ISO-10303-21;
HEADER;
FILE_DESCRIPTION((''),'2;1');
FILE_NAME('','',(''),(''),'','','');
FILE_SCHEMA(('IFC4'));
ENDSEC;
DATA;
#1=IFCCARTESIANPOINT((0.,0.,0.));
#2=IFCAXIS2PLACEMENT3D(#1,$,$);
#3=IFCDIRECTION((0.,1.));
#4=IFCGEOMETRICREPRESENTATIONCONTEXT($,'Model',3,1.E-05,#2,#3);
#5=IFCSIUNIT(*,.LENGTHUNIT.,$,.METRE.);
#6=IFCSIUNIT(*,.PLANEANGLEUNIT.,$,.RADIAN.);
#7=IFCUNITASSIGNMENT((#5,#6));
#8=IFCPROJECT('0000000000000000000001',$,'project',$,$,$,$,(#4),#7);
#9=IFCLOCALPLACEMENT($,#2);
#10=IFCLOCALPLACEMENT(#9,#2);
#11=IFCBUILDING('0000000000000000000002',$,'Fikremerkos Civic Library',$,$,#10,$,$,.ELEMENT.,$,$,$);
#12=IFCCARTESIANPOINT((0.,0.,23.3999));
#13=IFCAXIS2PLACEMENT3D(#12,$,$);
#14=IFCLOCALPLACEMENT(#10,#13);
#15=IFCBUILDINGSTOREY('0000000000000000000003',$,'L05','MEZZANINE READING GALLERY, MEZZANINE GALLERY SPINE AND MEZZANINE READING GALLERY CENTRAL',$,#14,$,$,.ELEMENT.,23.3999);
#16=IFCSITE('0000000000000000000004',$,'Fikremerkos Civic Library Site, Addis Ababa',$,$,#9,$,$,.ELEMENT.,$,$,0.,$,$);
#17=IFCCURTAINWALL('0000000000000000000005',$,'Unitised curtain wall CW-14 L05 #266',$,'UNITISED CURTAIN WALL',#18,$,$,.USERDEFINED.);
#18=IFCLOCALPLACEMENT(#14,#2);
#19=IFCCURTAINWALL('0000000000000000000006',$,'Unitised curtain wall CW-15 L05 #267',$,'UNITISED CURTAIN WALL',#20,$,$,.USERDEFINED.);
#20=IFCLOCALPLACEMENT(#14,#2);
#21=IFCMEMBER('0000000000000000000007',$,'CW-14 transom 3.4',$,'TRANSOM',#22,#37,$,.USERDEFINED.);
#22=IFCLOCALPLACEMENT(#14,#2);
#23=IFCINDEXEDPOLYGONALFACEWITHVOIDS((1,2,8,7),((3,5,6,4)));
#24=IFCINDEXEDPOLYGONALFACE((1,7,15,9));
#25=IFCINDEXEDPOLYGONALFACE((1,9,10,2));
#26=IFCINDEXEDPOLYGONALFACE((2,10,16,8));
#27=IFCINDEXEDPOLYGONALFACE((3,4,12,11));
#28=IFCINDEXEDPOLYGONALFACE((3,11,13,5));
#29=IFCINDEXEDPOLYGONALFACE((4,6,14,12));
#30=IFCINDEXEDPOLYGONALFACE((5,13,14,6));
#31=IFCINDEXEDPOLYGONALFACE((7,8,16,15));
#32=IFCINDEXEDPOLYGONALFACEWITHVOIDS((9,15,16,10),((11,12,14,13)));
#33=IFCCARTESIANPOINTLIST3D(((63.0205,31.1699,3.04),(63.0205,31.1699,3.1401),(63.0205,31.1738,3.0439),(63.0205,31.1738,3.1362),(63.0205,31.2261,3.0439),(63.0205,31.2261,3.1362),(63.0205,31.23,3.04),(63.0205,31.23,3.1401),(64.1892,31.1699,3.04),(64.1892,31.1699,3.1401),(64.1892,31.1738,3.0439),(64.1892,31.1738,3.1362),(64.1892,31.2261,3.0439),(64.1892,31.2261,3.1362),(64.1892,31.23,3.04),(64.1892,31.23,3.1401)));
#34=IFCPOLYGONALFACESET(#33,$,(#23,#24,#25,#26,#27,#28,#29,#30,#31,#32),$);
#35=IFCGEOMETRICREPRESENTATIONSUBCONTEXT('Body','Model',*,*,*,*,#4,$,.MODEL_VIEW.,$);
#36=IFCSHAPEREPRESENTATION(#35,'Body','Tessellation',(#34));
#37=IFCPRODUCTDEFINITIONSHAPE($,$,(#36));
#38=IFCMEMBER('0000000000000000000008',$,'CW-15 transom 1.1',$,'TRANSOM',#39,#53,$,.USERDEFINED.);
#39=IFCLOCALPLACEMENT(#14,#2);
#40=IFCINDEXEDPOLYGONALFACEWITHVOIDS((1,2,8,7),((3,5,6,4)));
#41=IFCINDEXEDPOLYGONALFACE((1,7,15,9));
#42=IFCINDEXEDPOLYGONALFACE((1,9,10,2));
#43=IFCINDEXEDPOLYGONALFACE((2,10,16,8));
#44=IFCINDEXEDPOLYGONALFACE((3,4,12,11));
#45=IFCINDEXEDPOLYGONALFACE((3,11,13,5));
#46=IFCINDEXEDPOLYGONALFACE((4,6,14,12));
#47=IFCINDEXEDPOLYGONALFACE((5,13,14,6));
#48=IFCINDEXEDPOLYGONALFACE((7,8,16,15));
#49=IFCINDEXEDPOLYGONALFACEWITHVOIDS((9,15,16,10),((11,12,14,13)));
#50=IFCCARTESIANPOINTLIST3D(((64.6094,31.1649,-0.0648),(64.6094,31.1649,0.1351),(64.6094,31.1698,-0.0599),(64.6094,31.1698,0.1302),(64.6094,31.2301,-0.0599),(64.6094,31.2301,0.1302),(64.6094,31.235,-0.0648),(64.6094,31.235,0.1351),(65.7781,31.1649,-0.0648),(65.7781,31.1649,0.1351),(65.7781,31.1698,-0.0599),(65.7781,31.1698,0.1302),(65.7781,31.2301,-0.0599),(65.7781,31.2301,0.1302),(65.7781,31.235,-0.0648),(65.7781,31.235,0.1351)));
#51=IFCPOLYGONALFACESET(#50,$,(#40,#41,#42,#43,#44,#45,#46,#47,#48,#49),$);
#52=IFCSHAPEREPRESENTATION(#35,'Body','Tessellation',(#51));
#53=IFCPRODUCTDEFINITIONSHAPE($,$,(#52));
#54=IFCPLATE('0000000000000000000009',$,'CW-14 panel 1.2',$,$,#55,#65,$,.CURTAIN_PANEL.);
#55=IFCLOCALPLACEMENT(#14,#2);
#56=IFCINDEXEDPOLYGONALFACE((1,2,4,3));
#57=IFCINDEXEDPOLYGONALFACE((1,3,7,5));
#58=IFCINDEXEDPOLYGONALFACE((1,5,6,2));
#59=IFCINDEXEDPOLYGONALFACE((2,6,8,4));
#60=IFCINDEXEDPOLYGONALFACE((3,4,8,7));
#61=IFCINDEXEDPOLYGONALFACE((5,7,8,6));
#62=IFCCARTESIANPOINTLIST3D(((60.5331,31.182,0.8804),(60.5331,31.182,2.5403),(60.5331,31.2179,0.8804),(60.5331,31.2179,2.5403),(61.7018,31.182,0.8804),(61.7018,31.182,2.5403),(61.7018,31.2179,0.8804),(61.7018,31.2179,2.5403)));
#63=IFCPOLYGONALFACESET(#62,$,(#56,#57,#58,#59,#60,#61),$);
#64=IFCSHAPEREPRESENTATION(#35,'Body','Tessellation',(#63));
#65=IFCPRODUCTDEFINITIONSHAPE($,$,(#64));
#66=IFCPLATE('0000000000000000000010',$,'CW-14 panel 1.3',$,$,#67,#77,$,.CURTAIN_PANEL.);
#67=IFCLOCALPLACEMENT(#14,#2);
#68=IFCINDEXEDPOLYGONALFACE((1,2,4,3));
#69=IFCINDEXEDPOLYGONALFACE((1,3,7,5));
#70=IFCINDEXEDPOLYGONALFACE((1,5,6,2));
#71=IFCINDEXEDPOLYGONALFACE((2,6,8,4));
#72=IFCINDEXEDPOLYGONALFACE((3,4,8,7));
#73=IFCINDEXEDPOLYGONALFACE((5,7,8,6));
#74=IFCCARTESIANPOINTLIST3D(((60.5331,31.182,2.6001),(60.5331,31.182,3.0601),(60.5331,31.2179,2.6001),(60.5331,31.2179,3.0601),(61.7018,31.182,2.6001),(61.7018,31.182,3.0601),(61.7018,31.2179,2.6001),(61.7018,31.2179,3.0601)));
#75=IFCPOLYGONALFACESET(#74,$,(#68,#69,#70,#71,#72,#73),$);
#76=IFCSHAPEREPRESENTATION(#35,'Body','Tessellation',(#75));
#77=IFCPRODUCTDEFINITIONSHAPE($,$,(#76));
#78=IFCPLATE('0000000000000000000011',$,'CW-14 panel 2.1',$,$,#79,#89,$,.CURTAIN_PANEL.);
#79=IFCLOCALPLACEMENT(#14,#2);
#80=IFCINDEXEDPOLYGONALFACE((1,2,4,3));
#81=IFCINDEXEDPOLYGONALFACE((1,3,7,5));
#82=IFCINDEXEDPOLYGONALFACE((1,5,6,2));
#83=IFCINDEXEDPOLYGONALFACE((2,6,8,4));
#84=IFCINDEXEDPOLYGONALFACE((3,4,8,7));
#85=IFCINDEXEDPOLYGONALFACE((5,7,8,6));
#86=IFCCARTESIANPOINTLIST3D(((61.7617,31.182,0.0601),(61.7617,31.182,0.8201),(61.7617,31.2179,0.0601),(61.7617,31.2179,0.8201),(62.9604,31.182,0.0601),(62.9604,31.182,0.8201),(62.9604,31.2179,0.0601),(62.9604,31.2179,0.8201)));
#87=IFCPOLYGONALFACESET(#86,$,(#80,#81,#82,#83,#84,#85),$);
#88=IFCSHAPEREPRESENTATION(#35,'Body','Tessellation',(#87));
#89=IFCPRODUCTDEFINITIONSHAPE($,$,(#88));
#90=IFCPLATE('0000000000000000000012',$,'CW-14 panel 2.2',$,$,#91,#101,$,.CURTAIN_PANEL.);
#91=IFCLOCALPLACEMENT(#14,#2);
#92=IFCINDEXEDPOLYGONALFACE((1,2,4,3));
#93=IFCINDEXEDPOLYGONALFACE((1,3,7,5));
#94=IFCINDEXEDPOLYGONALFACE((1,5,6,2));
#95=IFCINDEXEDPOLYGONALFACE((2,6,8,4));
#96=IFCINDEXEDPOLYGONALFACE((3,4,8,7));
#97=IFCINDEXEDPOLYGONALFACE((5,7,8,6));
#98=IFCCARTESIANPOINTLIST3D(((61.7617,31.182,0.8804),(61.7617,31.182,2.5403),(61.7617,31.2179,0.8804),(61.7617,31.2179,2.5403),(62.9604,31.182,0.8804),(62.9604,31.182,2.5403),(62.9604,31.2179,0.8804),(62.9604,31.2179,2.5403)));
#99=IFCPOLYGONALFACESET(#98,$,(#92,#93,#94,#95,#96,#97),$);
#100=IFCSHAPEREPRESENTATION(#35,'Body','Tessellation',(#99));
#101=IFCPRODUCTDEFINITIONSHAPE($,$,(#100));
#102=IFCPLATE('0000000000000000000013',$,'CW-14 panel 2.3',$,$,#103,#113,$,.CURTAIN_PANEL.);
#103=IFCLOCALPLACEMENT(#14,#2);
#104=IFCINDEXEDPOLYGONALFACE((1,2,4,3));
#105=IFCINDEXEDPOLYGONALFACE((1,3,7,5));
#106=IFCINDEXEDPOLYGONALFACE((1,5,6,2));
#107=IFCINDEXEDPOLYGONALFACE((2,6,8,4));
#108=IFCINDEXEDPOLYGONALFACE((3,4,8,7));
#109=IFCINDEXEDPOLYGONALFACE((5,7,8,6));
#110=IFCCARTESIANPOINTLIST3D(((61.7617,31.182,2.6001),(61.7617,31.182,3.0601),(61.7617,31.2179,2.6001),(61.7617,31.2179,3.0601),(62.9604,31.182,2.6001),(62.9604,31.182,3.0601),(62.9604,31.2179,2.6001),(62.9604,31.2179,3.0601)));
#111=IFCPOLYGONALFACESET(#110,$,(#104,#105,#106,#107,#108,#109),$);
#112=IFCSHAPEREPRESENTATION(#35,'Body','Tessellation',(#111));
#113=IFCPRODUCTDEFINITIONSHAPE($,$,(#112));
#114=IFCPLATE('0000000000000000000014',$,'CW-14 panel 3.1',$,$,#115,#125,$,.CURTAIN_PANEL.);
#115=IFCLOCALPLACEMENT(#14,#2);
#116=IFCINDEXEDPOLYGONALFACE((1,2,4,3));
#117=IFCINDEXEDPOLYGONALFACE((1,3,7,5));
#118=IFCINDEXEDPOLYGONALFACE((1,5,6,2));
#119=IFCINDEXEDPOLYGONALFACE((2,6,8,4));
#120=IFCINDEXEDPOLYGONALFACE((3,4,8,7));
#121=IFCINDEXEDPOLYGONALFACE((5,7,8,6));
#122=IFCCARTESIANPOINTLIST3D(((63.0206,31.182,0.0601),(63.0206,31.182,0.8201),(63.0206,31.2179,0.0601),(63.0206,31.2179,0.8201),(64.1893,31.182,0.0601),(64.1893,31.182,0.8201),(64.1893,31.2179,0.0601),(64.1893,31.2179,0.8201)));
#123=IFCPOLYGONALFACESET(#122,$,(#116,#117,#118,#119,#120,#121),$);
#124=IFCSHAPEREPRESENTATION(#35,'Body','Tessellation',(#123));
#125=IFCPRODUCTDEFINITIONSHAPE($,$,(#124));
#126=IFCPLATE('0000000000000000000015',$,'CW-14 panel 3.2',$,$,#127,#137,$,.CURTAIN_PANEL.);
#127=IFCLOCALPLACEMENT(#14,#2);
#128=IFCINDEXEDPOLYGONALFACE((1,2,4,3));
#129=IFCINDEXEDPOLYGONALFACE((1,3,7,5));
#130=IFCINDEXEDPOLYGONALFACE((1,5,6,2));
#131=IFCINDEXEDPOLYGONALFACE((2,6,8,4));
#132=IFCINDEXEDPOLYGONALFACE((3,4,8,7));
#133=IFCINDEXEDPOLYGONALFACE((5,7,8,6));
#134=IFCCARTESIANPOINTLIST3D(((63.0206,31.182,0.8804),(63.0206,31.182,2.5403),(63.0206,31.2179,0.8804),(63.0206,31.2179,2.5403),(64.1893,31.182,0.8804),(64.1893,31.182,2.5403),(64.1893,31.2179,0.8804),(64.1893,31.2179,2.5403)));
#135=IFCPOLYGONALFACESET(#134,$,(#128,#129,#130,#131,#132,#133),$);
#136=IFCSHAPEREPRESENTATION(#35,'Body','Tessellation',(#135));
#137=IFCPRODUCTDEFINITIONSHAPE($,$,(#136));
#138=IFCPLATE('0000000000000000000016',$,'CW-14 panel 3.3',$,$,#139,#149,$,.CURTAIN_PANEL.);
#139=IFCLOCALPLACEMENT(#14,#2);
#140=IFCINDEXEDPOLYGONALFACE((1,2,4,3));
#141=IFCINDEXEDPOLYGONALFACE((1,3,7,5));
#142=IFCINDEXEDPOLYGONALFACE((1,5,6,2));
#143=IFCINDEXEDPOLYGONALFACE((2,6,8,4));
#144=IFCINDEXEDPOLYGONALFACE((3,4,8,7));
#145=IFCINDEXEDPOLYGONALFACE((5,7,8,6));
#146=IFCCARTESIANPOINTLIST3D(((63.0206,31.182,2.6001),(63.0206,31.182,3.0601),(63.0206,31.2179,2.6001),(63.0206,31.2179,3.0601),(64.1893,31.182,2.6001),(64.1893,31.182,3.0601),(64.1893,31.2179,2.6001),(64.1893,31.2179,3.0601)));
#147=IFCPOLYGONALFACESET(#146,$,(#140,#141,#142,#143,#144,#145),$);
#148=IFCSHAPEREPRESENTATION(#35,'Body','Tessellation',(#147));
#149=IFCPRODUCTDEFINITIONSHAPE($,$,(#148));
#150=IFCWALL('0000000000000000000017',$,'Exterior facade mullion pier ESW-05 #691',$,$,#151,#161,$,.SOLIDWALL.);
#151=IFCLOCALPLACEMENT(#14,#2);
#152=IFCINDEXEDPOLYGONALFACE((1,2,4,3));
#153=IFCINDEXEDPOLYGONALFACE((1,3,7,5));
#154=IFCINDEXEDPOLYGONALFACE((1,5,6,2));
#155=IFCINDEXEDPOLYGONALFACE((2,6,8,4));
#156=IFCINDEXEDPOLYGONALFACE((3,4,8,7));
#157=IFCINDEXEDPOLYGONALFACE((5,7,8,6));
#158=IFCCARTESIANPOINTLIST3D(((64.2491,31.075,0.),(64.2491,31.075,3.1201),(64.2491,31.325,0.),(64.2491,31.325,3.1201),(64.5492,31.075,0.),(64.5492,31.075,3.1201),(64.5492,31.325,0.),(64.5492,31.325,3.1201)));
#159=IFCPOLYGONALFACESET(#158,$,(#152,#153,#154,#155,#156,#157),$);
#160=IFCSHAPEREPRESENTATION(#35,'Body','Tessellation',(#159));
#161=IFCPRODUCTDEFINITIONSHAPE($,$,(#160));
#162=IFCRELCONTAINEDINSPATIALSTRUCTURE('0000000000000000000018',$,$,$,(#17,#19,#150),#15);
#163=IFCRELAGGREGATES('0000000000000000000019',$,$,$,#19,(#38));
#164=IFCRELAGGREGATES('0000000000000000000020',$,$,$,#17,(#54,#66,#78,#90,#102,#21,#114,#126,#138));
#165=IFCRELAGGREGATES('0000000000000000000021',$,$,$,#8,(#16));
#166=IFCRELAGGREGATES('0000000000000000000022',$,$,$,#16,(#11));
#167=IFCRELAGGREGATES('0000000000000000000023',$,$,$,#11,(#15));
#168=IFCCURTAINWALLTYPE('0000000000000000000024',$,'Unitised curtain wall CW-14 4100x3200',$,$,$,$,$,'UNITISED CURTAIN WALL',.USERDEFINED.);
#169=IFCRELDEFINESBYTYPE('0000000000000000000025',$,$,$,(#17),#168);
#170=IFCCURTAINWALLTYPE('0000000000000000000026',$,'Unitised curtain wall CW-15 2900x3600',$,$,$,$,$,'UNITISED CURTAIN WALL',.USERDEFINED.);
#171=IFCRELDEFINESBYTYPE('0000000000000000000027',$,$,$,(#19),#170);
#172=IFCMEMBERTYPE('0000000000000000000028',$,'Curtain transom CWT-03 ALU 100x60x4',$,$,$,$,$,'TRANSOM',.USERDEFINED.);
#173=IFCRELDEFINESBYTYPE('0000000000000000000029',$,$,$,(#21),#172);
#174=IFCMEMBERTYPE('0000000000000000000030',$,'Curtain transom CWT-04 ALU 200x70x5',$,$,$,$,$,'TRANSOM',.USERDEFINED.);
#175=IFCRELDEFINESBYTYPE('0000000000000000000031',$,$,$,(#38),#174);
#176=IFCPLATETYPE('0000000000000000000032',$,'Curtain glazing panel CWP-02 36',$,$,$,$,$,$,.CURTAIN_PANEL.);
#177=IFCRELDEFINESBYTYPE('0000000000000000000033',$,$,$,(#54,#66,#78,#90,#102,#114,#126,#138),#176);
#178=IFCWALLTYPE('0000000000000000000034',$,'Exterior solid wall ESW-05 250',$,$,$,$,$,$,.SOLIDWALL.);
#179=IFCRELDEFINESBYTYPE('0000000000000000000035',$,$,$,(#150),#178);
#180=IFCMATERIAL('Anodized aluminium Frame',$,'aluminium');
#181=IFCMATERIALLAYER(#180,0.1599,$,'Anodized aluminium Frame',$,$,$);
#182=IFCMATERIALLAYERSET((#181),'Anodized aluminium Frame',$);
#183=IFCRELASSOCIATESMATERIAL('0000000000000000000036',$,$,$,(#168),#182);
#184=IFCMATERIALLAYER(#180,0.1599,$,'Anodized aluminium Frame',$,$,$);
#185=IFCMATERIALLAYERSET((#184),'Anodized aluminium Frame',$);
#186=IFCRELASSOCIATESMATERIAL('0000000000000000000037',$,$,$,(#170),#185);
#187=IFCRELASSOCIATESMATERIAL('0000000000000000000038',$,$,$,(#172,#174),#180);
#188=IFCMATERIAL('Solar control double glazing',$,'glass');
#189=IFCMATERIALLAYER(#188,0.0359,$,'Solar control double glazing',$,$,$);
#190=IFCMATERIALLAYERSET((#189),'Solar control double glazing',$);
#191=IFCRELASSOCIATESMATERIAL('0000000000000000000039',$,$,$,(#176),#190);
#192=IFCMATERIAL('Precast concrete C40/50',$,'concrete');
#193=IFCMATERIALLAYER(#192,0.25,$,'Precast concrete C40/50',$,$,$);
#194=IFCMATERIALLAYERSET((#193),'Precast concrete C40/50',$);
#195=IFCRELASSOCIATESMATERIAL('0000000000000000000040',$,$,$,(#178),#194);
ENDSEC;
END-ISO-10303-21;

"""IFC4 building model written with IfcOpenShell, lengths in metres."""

from ifc_helpers import new_model, si_unit, direction, frame, frame_2d, origin, origin_2d, place, context, subcontext, project, spatial, rectangle, hollow_rectangle, extrude, material, layer, layer_set, material_profile, profile_set, type_object, element, aggregate, save


model = new_model("IFC4")

# Units and contexts
model_context = context("Model", 3, precision=1e-05, world=origin(), true_north=direction((0.0, 1.0)))
body_context = subcontext(model_context, "Body", "Model", "MODEL_VIEW")
ifc_project = project(units=[si_unit("LENGTHUNIT", "METRE"), si_unit("PLANEANGLEUNIT", "RADIAN")], contexts=[model_context])

# Site, building, storey
site_placement = place(None, origin())
site = spatial("IfcSite", under=ifc_project, at=site_placement, Name="Fikremerkos Civic Library Site, Addis Ababa", CompositionType="ELEMENT", RefElevation=0.0)
building_placement = place(site_placement, origin())
building = spatial("IfcBuilding", under=site, at=building_placement, Name="Fikremerkos Civic Library", CompositionType="ELEMENT")
storey_placement = place(building_placement, frame((0.0, 0.0, 23.3999)))
storey = spatial("IfcBuildingStorey", under=building, at=storey_placement, Name="L05", Description="MEZZANINE READING GALLERY, MEZZANINE GALLERY SPINE AND MEZZANINE READING GALLERY CENTRAL", CompositionType="ELEMENT", Elevation=23.3999)

# Curtain wall
ifc_material_1 = material(Name="Anodized aluminium Frame", Category="aluminium")
ifc_layer_1 = layer(ifc_material_1, 0.1599, Name="Anodized aluminium Frame")
ifc_layer_set_1 = layer_set([ifc_layer_1], Name="Anodized aluminium Frame")
curtain_wall_type_1 = type_object("IfcCurtainWallType", Name="Unitised curtain wall CW-14 4100x3200", ElementType="UNITISED CURTAIN WALL", PredefinedType="USERDEFINED", material=ifc_layer_set_1)
curtain_wall_1_placement = place(storey_placement, origin())
curtain_wall_1 = element("IfcCurtainWall", 1, at=curtain_wall_1_placement, inside=storey, type_object=curtain_wall_type_1, Name="Unitised curtain wall CW-14 L05 #266", ObjectType="UNITISED CURTAIN WALL", PredefinedType="USERDEFINED")

# Curtain wall
ifc_layer_2 = layer(ifc_material_1, 0.1599, Name="Anodized aluminium Frame")
ifc_layer_set_2 = layer_set([ifc_layer_2], Name="Anodized aluminium Frame")
curtain_wall_type_2 = type_object("IfcCurtainWallType", Name="Unitised curtain wall CW-15 2900x3600", ElementType="UNITISED CURTAIN WALL", PredefinedType="USERDEFINED", material=ifc_layer_set_2)
curtain_wall_2_placement = place(storey_placement, origin())
curtain_wall_2 = element("IfcCurtainWall", 2, at=curtain_wall_2_placement, inside=storey, type_object=curtain_wall_type_2, Name="Unitised curtain wall CW-15 L05 #267", ObjectType="UNITISED CURTAIN WALL", PredefinedType="USERDEFINED")

# Members
ifc_material_profile_1 = material_profile(ifc_material_1, hollow_rectangle(XDim=0.0601, YDim=0.1001, WallThickness=0.0039, at=origin_2d()), Name="ALU 100x60x4")
ifc_profile_set_1 = profile_set([ifc_material_profile_1], Name="Anodized aluminium Frame")
member_type_1 = type_object("IfcMemberType", Name="Curtain transom CWT-03 ALU 100x60x4", ElementType="TRANSOM", PredefinedType="USERDEFINED", material=ifc_profile_set_1)
member_1_placement = place(storey_placement, frame((63.0205, 31.2, 3.0901), z_axis=(1.0, 0.0, 0.0), x_axis=(0.0, 1.0, 0.0)))
member_1 = element("IfcMember", 3, at=member_1_placement, type_object=member_type_1, Name="CW-14 transom 3.4", ObjectType="TRANSOM", PredefinedType="USERDEFINED", context=body_context, shape_type="SweptSolid", body=[
    extrude(hollow_rectangle(XDim=0.0601, YDim=0.1001, WallThickness=0.0039, at=origin_2d()), origin(), (0.0, 0.0, 1.0), 1.1687),
])
ifc_material_profile_2 = material_profile(ifc_material_1, hollow_rectangle(XDim=0.0701, YDim=0.2, WallThickness=0.0049, at=origin_2d()), Name="ALU 200x70x5")
ifc_profile_set_2 = profile_set([ifc_material_profile_2], Name="Anodized aluminium Frame")
member_type_2 = type_object("IfcMemberType", Name="Curtain transom CWT-04 ALU 200x70x5", ElementType="TRANSOM", PredefinedType="USERDEFINED", material=ifc_profile_set_2)
member_2_placement = place(storey_placement, frame((64.6094, 31.2, 0.0352), z_axis=(1.0, 0.0, 0.0), x_axis=(0.0, 1.0, 0.0)))
member_2 = element("IfcMember", 4, at=member_2_placement, type_object=member_type_2, Name="CW-15 transom 1.1", ObjectType="TRANSOM", PredefinedType="USERDEFINED", context=body_context, shape_type="SweptSolid", body=[
    extrude(hollow_rectangle(XDim=0.0701, YDim=0.2, WallThickness=0.0049, at=origin_2d()), origin(), (0.0, 0.0, 1.0), 1.1687),
])
aggregate(curtain_wall_2, [member_2])

# Plates
ifc_material_2 = material(Name="Solar control double glazing", Category="glass")
ifc_layer_3 = layer(ifc_material_2, 0.0359, Name="Solar control double glazing")
ifc_layer_set_3 = layer_set([ifc_layer_3], Name="Solar control double glazing")
plate_type = type_object("IfcPlateType", Name="Curtain glazing panel CWP-02 36", PredefinedType="CURTAIN_PANEL", material=ifc_layer_set_3)
plate_1_placement = place(storey_placement, frame((61.1174, 31.2, 0.8804), z_axis=(0.0, 0.0, 1.0), x_axis=(1.0, 0.0, 0.0)))
plate_1 = element("IfcPlate", 5, at=plate_1_placement, type_object=plate_type, Name="CW-14 panel 1.2", PredefinedType="CURTAIN_PANEL", context=body_context, shape_type="SweptSolid", body=[
    extrude(rectangle(XDim=1.1687, YDim=0.0359, at=origin_2d()), origin(), (0.0, 0.0, 1.0), 1.6599),
])
plate_2_placement = place(storey_placement, frame((61.1174, 31.2, 2.6001), z_axis=(0.0, 0.0, 1.0), x_axis=(1.0, 0.0, 0.0)))
plate_2 = element("IfcPlate", 6, at=plate_2_placement, type_object=plate_type, Name="CW-14 panel 1.3", PredefinedType="CURTAIN_PANEL", context=body_context, shape_type="SweptSolid", body=[
    extrude(rectangle(XDim=1.1687, YDim=0.0359, at=origin_2d()), origin(), (0.0, 0.0, 1.0), 0.46),
])
plate_3_placement = place(storey_placement, frame((62.3611, 31.2, 0.0601), z_axis=(0.0, 0.0, 1.0), x_axis=(1.0, 0.0, 0.0)))
plate_3 = element("IfcPlate", 7, at=plate_3_placement, type_object=plate_type, Name="CW-14 panel 2.1", PredefinedType="CURTAIN_PANEL", context=body_context, shape_type="SweptSolid", body=[
    extrude(rectangle(XDim=1.1987, YDim=0.0359, at=origin_2d()), origin(), (0.0, 0.0, 1.0), 0.76),
])
plate_4_placement = place(storey_placement, frame((62.3611, 31.2, 0.8804), z_axis=(0.0, 0.0, 1.0), x_axis=(1.0, 0.0, 0.0)))
plate_4 = element("IfcPlate", 8, at=plate_4_placement, type_object=plate_type, Name="CW-14 panel 2.2", PredefinedType="CURTAIN_PANEL", context=body_context, shape_type="SweptSolid", body=[
    extrude(rectangle(XDim=1.1987, YDim=0.0359, at=origin_2d()), origin(), (0.0, 0.0, 1.0), 1.6599),
])
plate_5_placement = place(storey_placement, frame((62.3611, 31.2, 2.6001), z_axis=(0.0, 0.0, 1.0), x_axis=(1.0, 0.0, 0.0)))
plate_5 = element("IfcPlate", 9, at=plate_5_placement, type_object=plate_type, Name="CW-14 panel 2.3", PredefinedType="CURTAIN_PANEL", context=body_context, shape_type="SweptSolid", body=[
    extrude(rectangle(XDim=1.1987, YDim=0.0359, at=origin_2d()), origin(), (0.0, 0.0, 1.0), 0.46),
])
plate_6_placement = place(storey_placement, frame((63.605, 31.2, 0.0601), z_axis=(0.0, 0.0, 1.0), x_axis=(1.0, 0.0, 0.0)))
plate_6 = element("IfcPlate", 10, at=plate_6_placement, type_object=plate_type, Name="CW-14 panel 3.1", PredefinedType="CURTAIN_PANEL", context=body_context, shape_type="SweptSolid", body=[
    extrude(rectangle(XDim=1.1687, YDim=0.0359, at=origin_2d()), origin(), (0.0, 0.0, 1.0), 0.76),
])
plate_7_placement = place(storey_placement, frame((63.605, 31.2, 0.8804), z_axis=(0.0, 0.0, 1.0), x_axis=(1.0, 0.0, 0.0)))
plate_7 = element("IfcPlate", 11, at=plate_7_placement, type_object=plate_type, Name="CW-14 panel 3.2", PredefinedType="CURTAIN_PANEL", context=body_context, shape_type="SweptSolid", body=[
    extrude(rectangle(XDim=1.1687, YDim=0.0359, at=origin_2d()), origin(), (0.0, 0.0, 1.0), 1.6599),
])
plate_8_placement = place(storey_placement, frame((63.605, 31.2, 2.6001), z_axis=(0.0, 0.0, 1.0), x_axis=(1.0, 0.0, 0.0)))
plate_8 = element("IfcPlate", 12, at=plate_8_placement, type_object=plate_type, Name="CW-14 panel 3.3", PredefinedType="CURTAIN_PANEL", context=body_context, shape_type="SweptSolid", body=[
    extrude(rectangle(XDim=1.1687, YDim=0.0359, at=origin_2d()), origin(), (0.0, 0.0, 1.0), 0.46),
])
aggregate(curtain_wall_1, [plate_1, plate_2, plate_3, plate_4, plate_5, member_1, plate_6, plate_7, plate_8])

# Wall
ifc_material_3 = material(Name="Precast concrete C40/50", Category="concrete")
ifc_layer_4 = layer(ifc_material_3, 0.25, Name="Precast concrete C40/50")
ifc_layer_set_4 = layer_set([ifc_layer_4], Name="Precast concrete C40/50")
wall_type = type_object("IfcWallType", Name="Exterior solid wall ESW-05 250", PredefinedType="SOLIDWALL", material=ifc_layer_set_4)
wall_placement = place(storey_placement, frame((64.2493, 31.2, 0.0), z_axis=(0.0, 0.0, 1.0), x_axis=(1.0, 0.0, 0.0)))
element("IfcWall", 13, at=wall_placement, inside=storey, type_object=wall_type, Name="Exterior facade mullion pier ESW-05 #691", PredefinedType="SOLIDWALL", context=body_context, shape_type="SweptSolid", body=[
    extrude(rectangle(XDim=0.3, YDim=0.25, at=frame_2d((0.1499, 0.0))), origin(), (0.0, 0.0, 1.0), 3.1201),
])

save(model, "model.ifc")
